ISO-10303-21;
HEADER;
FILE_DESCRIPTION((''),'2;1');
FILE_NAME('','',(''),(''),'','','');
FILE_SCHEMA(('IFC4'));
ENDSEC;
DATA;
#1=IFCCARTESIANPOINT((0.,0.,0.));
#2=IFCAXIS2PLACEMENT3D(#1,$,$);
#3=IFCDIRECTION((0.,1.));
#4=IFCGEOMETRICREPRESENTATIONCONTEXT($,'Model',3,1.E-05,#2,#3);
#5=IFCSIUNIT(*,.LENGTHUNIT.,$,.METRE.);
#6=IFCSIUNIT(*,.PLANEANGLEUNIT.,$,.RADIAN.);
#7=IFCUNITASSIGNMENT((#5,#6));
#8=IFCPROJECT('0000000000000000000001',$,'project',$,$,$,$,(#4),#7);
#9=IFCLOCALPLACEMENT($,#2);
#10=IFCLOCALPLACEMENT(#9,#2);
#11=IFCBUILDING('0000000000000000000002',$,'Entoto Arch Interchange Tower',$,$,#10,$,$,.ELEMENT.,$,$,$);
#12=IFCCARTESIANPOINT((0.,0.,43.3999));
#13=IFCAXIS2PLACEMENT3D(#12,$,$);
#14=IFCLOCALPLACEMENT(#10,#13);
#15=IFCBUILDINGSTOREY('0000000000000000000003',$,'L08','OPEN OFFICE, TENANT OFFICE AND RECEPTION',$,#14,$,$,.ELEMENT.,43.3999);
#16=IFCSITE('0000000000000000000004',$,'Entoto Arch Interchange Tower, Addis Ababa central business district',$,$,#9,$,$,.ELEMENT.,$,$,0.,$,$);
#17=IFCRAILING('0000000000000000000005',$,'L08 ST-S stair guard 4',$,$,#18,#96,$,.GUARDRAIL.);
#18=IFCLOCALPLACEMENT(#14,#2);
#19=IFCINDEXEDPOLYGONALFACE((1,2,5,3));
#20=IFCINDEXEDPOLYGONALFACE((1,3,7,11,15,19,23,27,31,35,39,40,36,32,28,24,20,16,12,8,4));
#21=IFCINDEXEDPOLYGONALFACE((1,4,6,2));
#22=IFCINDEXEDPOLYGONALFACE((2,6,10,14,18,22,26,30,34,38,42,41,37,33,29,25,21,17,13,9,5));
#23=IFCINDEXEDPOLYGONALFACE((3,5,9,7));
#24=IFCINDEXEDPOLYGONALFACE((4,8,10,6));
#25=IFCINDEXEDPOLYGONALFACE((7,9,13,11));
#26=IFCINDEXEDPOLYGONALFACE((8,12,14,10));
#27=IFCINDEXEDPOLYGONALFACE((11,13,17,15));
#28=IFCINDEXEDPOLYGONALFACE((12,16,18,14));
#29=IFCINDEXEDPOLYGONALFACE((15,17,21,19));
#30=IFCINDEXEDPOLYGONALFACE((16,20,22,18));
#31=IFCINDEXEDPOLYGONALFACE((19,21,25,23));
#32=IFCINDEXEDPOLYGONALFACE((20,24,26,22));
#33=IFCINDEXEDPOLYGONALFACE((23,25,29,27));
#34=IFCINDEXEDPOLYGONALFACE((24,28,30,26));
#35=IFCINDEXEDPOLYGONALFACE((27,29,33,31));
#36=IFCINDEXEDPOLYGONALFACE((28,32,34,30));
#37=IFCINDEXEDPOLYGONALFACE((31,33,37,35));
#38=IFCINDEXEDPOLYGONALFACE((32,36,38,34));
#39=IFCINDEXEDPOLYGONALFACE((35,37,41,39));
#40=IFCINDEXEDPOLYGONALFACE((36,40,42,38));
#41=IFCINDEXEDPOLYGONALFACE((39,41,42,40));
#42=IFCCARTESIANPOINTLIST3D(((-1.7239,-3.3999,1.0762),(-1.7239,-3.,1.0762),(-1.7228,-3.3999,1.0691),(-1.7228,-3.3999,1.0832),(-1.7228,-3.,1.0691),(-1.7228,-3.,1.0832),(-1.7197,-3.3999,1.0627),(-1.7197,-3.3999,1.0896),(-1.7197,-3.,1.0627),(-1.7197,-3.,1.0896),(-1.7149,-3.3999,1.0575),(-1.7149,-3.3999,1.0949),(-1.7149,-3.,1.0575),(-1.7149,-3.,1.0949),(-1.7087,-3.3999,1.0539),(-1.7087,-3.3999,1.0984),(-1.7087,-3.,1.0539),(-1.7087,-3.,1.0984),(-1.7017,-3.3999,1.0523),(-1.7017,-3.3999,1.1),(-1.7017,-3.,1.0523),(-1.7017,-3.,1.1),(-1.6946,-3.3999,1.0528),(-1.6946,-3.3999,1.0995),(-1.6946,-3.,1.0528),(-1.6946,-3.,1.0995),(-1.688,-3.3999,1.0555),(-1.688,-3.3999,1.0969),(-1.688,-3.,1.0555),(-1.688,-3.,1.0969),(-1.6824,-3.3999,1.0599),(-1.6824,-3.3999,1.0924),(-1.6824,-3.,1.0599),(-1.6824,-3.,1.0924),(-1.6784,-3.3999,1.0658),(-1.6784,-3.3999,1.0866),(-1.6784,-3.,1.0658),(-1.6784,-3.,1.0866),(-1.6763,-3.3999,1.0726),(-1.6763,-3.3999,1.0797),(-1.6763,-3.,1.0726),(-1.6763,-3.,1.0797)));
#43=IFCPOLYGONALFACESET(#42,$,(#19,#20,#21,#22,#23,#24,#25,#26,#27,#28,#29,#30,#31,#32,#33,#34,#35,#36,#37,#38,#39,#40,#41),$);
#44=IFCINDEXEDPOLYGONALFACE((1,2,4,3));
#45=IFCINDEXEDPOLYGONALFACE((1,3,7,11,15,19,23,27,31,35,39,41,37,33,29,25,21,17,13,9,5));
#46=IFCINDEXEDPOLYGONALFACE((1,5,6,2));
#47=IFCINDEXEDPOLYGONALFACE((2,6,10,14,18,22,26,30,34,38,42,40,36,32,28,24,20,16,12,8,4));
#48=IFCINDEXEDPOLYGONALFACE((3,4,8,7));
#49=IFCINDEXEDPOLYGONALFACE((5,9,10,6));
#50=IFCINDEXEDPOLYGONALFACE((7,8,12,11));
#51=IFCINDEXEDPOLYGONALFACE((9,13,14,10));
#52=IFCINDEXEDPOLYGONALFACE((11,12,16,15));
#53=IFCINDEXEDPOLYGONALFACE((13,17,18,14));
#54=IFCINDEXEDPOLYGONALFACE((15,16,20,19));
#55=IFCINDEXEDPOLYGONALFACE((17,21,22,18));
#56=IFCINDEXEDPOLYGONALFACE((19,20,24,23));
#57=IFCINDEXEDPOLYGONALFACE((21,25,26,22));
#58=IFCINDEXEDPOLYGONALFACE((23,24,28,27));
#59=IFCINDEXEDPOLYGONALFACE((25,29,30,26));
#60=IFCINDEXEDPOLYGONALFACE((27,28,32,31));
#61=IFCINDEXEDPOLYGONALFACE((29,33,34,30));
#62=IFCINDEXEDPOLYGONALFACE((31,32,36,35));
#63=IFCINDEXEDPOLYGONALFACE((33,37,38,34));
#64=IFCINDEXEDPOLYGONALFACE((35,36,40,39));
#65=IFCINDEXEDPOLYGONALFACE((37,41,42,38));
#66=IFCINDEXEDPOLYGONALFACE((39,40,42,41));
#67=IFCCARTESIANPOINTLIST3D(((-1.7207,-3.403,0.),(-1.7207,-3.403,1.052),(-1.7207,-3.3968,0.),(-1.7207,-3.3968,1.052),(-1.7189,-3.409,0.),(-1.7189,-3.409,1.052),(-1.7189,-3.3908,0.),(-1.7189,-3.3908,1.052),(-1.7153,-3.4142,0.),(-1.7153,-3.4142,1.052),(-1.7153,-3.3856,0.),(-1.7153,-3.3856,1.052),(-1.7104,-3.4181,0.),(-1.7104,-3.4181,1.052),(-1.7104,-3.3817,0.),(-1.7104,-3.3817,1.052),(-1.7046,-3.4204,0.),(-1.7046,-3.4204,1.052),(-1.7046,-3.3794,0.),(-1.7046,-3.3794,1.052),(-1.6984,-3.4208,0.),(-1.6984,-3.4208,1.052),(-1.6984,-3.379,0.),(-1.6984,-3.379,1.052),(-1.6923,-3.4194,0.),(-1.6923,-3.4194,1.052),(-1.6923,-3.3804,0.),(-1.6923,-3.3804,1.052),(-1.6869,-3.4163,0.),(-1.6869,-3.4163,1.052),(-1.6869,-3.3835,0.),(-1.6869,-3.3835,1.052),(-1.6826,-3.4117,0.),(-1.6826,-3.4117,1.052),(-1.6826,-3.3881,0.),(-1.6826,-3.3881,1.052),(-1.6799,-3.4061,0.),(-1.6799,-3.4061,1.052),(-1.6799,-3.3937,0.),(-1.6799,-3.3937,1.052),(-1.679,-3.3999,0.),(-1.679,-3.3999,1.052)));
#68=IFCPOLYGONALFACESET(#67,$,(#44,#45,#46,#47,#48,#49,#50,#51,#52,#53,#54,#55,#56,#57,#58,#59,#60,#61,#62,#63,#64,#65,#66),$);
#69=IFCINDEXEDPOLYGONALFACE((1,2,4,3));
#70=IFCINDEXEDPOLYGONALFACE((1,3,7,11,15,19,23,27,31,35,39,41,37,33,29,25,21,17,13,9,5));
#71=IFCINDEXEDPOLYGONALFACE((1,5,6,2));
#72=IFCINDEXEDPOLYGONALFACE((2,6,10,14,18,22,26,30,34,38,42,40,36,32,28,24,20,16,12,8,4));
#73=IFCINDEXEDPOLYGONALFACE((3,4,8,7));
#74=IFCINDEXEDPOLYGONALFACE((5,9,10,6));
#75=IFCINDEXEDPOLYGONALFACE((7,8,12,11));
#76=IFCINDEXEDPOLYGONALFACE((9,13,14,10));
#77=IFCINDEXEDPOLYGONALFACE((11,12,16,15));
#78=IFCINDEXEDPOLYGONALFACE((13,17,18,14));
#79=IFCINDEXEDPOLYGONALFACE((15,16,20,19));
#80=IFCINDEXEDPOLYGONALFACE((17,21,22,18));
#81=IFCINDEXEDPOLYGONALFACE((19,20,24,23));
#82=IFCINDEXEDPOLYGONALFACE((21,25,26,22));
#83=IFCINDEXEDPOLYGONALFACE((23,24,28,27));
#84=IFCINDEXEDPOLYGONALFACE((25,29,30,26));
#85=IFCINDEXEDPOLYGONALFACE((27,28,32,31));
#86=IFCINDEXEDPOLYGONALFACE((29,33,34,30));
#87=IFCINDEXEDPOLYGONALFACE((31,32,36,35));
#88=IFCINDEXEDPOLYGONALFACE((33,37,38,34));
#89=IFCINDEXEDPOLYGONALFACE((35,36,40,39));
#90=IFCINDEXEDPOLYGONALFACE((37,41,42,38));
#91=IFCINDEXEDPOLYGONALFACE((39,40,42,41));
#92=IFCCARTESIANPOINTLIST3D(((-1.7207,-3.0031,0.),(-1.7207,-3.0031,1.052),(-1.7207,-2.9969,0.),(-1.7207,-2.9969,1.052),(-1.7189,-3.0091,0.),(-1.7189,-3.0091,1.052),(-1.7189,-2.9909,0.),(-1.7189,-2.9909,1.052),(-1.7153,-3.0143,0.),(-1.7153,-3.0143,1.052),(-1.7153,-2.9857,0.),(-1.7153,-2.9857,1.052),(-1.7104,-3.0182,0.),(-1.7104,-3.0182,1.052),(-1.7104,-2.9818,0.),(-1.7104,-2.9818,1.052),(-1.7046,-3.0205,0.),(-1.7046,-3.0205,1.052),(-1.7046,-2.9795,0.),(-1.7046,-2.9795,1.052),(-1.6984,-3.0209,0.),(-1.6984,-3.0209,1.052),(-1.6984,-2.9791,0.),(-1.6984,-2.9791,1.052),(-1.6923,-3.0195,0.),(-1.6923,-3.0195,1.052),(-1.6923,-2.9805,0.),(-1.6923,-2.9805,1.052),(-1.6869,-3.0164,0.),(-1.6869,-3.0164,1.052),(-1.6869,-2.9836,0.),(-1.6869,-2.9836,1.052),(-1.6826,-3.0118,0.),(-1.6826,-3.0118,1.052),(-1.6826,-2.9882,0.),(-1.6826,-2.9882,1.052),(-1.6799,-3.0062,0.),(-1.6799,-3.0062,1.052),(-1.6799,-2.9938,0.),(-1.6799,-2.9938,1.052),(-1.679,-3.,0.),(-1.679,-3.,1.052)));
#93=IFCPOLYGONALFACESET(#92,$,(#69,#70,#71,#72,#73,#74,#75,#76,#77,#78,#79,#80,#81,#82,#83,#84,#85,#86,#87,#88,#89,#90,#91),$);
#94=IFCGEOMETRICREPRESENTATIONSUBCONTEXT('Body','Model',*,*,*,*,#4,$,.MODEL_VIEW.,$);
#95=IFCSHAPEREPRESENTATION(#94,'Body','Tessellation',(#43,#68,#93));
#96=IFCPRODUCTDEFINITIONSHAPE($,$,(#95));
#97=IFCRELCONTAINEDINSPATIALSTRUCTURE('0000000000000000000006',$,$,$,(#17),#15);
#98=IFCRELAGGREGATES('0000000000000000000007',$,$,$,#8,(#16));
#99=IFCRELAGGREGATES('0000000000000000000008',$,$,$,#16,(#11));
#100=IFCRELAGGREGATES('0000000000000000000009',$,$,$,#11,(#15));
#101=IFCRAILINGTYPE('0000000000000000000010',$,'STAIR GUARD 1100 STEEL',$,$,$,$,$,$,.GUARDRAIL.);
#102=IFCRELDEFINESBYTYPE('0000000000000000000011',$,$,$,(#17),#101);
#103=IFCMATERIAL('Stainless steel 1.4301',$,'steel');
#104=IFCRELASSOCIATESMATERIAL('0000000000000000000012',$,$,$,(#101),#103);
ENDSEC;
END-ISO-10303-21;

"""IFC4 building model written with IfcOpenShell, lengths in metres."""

from ifc_helpers import new_model, si_unit, direction, frame, origin, origin_2d, place, context, subcontext, project, spatial, circle, extrude, material, type_object, element, save


model = new_model("IFC4")

# Units and contexts
model_context = context("Model", 3, precision=1e-05, world=origin(), true_north=direction((0.0, 1.0)))
body_context = subcontext(model_context, "Body", "Model", "MODEL_VIEW")
ifc_project = project(units=[si_unit("LENGTHUNIT", "METRE"), si_unit("PLANEANGLEUNIT", "RADIAN")], contexts=[model_context])

# Site, building, storey
site_placement = place(None, origin())
site = spatial("IfcSite", under=ifc_project, at=site_placement, Name="Entoto Arch Interchange Tower, Addis Ababa central business district", CompositionType="ELEMENT", RefElevation=0.0)
building_placement = place(site_placement, origin())
building = spatial("IfcBuilding", under=site, at=building_placement, Name="Entoto Arch Interchange Tower", CompositionType="ELEMENT")
storey_placement = place(building_placement, frame((0.0, 0.0, 43.3999)))
storey = spatial("IfcBuildingStorey", under=building, at=storey_placement, Name="L08", Description="OPEN OFFICE, TENANT OFFICE AND RECEPTION", CompositionType="ELEMENT", Elevation=43.3999)

# Railing
ifc_material_1 = material(Name="Stainless steel 1.4301", Category="steel")
railing_type = type_object("IfcRailingType", Name="STAIR GUARD 1100 STEEL", PredefinedType="GUARDRAIL", material=ifc_material_1)
railing_1_placement = place(storey_placement, frame((-1.7, -3.3999, 0.0)))
element("IfcRailing", 1, at=railing_1_placement, inside=storey, type_object=railing_type, Name="L08 ST-S stair guard 4", PredefinedType="GUARDRAIL", context=body_context, shape_type="SweptSolid", body=[
    extrude(circle(Radius=0.0239, at=origin_2d()), frame((0.0, 0.0, 1.0762), z_axis=(0.0, 1.0, 0.0), x_axis=(-1.0, 0.0, 0.0)), (0.0, 0.0, 1.0), 0.3999),
    extrude(circle(Radius=0.021, at=origin_2d()), origin(), (0.0, 0.0, 1.0), 1.052),
    extrude(circle(Radius=0.021, at=origin_2d()), frame((0.0, 0.3999, 0.0)), (0.0, 0.0, 1.0), 1.052),
])

save(model, "model.ifc")
